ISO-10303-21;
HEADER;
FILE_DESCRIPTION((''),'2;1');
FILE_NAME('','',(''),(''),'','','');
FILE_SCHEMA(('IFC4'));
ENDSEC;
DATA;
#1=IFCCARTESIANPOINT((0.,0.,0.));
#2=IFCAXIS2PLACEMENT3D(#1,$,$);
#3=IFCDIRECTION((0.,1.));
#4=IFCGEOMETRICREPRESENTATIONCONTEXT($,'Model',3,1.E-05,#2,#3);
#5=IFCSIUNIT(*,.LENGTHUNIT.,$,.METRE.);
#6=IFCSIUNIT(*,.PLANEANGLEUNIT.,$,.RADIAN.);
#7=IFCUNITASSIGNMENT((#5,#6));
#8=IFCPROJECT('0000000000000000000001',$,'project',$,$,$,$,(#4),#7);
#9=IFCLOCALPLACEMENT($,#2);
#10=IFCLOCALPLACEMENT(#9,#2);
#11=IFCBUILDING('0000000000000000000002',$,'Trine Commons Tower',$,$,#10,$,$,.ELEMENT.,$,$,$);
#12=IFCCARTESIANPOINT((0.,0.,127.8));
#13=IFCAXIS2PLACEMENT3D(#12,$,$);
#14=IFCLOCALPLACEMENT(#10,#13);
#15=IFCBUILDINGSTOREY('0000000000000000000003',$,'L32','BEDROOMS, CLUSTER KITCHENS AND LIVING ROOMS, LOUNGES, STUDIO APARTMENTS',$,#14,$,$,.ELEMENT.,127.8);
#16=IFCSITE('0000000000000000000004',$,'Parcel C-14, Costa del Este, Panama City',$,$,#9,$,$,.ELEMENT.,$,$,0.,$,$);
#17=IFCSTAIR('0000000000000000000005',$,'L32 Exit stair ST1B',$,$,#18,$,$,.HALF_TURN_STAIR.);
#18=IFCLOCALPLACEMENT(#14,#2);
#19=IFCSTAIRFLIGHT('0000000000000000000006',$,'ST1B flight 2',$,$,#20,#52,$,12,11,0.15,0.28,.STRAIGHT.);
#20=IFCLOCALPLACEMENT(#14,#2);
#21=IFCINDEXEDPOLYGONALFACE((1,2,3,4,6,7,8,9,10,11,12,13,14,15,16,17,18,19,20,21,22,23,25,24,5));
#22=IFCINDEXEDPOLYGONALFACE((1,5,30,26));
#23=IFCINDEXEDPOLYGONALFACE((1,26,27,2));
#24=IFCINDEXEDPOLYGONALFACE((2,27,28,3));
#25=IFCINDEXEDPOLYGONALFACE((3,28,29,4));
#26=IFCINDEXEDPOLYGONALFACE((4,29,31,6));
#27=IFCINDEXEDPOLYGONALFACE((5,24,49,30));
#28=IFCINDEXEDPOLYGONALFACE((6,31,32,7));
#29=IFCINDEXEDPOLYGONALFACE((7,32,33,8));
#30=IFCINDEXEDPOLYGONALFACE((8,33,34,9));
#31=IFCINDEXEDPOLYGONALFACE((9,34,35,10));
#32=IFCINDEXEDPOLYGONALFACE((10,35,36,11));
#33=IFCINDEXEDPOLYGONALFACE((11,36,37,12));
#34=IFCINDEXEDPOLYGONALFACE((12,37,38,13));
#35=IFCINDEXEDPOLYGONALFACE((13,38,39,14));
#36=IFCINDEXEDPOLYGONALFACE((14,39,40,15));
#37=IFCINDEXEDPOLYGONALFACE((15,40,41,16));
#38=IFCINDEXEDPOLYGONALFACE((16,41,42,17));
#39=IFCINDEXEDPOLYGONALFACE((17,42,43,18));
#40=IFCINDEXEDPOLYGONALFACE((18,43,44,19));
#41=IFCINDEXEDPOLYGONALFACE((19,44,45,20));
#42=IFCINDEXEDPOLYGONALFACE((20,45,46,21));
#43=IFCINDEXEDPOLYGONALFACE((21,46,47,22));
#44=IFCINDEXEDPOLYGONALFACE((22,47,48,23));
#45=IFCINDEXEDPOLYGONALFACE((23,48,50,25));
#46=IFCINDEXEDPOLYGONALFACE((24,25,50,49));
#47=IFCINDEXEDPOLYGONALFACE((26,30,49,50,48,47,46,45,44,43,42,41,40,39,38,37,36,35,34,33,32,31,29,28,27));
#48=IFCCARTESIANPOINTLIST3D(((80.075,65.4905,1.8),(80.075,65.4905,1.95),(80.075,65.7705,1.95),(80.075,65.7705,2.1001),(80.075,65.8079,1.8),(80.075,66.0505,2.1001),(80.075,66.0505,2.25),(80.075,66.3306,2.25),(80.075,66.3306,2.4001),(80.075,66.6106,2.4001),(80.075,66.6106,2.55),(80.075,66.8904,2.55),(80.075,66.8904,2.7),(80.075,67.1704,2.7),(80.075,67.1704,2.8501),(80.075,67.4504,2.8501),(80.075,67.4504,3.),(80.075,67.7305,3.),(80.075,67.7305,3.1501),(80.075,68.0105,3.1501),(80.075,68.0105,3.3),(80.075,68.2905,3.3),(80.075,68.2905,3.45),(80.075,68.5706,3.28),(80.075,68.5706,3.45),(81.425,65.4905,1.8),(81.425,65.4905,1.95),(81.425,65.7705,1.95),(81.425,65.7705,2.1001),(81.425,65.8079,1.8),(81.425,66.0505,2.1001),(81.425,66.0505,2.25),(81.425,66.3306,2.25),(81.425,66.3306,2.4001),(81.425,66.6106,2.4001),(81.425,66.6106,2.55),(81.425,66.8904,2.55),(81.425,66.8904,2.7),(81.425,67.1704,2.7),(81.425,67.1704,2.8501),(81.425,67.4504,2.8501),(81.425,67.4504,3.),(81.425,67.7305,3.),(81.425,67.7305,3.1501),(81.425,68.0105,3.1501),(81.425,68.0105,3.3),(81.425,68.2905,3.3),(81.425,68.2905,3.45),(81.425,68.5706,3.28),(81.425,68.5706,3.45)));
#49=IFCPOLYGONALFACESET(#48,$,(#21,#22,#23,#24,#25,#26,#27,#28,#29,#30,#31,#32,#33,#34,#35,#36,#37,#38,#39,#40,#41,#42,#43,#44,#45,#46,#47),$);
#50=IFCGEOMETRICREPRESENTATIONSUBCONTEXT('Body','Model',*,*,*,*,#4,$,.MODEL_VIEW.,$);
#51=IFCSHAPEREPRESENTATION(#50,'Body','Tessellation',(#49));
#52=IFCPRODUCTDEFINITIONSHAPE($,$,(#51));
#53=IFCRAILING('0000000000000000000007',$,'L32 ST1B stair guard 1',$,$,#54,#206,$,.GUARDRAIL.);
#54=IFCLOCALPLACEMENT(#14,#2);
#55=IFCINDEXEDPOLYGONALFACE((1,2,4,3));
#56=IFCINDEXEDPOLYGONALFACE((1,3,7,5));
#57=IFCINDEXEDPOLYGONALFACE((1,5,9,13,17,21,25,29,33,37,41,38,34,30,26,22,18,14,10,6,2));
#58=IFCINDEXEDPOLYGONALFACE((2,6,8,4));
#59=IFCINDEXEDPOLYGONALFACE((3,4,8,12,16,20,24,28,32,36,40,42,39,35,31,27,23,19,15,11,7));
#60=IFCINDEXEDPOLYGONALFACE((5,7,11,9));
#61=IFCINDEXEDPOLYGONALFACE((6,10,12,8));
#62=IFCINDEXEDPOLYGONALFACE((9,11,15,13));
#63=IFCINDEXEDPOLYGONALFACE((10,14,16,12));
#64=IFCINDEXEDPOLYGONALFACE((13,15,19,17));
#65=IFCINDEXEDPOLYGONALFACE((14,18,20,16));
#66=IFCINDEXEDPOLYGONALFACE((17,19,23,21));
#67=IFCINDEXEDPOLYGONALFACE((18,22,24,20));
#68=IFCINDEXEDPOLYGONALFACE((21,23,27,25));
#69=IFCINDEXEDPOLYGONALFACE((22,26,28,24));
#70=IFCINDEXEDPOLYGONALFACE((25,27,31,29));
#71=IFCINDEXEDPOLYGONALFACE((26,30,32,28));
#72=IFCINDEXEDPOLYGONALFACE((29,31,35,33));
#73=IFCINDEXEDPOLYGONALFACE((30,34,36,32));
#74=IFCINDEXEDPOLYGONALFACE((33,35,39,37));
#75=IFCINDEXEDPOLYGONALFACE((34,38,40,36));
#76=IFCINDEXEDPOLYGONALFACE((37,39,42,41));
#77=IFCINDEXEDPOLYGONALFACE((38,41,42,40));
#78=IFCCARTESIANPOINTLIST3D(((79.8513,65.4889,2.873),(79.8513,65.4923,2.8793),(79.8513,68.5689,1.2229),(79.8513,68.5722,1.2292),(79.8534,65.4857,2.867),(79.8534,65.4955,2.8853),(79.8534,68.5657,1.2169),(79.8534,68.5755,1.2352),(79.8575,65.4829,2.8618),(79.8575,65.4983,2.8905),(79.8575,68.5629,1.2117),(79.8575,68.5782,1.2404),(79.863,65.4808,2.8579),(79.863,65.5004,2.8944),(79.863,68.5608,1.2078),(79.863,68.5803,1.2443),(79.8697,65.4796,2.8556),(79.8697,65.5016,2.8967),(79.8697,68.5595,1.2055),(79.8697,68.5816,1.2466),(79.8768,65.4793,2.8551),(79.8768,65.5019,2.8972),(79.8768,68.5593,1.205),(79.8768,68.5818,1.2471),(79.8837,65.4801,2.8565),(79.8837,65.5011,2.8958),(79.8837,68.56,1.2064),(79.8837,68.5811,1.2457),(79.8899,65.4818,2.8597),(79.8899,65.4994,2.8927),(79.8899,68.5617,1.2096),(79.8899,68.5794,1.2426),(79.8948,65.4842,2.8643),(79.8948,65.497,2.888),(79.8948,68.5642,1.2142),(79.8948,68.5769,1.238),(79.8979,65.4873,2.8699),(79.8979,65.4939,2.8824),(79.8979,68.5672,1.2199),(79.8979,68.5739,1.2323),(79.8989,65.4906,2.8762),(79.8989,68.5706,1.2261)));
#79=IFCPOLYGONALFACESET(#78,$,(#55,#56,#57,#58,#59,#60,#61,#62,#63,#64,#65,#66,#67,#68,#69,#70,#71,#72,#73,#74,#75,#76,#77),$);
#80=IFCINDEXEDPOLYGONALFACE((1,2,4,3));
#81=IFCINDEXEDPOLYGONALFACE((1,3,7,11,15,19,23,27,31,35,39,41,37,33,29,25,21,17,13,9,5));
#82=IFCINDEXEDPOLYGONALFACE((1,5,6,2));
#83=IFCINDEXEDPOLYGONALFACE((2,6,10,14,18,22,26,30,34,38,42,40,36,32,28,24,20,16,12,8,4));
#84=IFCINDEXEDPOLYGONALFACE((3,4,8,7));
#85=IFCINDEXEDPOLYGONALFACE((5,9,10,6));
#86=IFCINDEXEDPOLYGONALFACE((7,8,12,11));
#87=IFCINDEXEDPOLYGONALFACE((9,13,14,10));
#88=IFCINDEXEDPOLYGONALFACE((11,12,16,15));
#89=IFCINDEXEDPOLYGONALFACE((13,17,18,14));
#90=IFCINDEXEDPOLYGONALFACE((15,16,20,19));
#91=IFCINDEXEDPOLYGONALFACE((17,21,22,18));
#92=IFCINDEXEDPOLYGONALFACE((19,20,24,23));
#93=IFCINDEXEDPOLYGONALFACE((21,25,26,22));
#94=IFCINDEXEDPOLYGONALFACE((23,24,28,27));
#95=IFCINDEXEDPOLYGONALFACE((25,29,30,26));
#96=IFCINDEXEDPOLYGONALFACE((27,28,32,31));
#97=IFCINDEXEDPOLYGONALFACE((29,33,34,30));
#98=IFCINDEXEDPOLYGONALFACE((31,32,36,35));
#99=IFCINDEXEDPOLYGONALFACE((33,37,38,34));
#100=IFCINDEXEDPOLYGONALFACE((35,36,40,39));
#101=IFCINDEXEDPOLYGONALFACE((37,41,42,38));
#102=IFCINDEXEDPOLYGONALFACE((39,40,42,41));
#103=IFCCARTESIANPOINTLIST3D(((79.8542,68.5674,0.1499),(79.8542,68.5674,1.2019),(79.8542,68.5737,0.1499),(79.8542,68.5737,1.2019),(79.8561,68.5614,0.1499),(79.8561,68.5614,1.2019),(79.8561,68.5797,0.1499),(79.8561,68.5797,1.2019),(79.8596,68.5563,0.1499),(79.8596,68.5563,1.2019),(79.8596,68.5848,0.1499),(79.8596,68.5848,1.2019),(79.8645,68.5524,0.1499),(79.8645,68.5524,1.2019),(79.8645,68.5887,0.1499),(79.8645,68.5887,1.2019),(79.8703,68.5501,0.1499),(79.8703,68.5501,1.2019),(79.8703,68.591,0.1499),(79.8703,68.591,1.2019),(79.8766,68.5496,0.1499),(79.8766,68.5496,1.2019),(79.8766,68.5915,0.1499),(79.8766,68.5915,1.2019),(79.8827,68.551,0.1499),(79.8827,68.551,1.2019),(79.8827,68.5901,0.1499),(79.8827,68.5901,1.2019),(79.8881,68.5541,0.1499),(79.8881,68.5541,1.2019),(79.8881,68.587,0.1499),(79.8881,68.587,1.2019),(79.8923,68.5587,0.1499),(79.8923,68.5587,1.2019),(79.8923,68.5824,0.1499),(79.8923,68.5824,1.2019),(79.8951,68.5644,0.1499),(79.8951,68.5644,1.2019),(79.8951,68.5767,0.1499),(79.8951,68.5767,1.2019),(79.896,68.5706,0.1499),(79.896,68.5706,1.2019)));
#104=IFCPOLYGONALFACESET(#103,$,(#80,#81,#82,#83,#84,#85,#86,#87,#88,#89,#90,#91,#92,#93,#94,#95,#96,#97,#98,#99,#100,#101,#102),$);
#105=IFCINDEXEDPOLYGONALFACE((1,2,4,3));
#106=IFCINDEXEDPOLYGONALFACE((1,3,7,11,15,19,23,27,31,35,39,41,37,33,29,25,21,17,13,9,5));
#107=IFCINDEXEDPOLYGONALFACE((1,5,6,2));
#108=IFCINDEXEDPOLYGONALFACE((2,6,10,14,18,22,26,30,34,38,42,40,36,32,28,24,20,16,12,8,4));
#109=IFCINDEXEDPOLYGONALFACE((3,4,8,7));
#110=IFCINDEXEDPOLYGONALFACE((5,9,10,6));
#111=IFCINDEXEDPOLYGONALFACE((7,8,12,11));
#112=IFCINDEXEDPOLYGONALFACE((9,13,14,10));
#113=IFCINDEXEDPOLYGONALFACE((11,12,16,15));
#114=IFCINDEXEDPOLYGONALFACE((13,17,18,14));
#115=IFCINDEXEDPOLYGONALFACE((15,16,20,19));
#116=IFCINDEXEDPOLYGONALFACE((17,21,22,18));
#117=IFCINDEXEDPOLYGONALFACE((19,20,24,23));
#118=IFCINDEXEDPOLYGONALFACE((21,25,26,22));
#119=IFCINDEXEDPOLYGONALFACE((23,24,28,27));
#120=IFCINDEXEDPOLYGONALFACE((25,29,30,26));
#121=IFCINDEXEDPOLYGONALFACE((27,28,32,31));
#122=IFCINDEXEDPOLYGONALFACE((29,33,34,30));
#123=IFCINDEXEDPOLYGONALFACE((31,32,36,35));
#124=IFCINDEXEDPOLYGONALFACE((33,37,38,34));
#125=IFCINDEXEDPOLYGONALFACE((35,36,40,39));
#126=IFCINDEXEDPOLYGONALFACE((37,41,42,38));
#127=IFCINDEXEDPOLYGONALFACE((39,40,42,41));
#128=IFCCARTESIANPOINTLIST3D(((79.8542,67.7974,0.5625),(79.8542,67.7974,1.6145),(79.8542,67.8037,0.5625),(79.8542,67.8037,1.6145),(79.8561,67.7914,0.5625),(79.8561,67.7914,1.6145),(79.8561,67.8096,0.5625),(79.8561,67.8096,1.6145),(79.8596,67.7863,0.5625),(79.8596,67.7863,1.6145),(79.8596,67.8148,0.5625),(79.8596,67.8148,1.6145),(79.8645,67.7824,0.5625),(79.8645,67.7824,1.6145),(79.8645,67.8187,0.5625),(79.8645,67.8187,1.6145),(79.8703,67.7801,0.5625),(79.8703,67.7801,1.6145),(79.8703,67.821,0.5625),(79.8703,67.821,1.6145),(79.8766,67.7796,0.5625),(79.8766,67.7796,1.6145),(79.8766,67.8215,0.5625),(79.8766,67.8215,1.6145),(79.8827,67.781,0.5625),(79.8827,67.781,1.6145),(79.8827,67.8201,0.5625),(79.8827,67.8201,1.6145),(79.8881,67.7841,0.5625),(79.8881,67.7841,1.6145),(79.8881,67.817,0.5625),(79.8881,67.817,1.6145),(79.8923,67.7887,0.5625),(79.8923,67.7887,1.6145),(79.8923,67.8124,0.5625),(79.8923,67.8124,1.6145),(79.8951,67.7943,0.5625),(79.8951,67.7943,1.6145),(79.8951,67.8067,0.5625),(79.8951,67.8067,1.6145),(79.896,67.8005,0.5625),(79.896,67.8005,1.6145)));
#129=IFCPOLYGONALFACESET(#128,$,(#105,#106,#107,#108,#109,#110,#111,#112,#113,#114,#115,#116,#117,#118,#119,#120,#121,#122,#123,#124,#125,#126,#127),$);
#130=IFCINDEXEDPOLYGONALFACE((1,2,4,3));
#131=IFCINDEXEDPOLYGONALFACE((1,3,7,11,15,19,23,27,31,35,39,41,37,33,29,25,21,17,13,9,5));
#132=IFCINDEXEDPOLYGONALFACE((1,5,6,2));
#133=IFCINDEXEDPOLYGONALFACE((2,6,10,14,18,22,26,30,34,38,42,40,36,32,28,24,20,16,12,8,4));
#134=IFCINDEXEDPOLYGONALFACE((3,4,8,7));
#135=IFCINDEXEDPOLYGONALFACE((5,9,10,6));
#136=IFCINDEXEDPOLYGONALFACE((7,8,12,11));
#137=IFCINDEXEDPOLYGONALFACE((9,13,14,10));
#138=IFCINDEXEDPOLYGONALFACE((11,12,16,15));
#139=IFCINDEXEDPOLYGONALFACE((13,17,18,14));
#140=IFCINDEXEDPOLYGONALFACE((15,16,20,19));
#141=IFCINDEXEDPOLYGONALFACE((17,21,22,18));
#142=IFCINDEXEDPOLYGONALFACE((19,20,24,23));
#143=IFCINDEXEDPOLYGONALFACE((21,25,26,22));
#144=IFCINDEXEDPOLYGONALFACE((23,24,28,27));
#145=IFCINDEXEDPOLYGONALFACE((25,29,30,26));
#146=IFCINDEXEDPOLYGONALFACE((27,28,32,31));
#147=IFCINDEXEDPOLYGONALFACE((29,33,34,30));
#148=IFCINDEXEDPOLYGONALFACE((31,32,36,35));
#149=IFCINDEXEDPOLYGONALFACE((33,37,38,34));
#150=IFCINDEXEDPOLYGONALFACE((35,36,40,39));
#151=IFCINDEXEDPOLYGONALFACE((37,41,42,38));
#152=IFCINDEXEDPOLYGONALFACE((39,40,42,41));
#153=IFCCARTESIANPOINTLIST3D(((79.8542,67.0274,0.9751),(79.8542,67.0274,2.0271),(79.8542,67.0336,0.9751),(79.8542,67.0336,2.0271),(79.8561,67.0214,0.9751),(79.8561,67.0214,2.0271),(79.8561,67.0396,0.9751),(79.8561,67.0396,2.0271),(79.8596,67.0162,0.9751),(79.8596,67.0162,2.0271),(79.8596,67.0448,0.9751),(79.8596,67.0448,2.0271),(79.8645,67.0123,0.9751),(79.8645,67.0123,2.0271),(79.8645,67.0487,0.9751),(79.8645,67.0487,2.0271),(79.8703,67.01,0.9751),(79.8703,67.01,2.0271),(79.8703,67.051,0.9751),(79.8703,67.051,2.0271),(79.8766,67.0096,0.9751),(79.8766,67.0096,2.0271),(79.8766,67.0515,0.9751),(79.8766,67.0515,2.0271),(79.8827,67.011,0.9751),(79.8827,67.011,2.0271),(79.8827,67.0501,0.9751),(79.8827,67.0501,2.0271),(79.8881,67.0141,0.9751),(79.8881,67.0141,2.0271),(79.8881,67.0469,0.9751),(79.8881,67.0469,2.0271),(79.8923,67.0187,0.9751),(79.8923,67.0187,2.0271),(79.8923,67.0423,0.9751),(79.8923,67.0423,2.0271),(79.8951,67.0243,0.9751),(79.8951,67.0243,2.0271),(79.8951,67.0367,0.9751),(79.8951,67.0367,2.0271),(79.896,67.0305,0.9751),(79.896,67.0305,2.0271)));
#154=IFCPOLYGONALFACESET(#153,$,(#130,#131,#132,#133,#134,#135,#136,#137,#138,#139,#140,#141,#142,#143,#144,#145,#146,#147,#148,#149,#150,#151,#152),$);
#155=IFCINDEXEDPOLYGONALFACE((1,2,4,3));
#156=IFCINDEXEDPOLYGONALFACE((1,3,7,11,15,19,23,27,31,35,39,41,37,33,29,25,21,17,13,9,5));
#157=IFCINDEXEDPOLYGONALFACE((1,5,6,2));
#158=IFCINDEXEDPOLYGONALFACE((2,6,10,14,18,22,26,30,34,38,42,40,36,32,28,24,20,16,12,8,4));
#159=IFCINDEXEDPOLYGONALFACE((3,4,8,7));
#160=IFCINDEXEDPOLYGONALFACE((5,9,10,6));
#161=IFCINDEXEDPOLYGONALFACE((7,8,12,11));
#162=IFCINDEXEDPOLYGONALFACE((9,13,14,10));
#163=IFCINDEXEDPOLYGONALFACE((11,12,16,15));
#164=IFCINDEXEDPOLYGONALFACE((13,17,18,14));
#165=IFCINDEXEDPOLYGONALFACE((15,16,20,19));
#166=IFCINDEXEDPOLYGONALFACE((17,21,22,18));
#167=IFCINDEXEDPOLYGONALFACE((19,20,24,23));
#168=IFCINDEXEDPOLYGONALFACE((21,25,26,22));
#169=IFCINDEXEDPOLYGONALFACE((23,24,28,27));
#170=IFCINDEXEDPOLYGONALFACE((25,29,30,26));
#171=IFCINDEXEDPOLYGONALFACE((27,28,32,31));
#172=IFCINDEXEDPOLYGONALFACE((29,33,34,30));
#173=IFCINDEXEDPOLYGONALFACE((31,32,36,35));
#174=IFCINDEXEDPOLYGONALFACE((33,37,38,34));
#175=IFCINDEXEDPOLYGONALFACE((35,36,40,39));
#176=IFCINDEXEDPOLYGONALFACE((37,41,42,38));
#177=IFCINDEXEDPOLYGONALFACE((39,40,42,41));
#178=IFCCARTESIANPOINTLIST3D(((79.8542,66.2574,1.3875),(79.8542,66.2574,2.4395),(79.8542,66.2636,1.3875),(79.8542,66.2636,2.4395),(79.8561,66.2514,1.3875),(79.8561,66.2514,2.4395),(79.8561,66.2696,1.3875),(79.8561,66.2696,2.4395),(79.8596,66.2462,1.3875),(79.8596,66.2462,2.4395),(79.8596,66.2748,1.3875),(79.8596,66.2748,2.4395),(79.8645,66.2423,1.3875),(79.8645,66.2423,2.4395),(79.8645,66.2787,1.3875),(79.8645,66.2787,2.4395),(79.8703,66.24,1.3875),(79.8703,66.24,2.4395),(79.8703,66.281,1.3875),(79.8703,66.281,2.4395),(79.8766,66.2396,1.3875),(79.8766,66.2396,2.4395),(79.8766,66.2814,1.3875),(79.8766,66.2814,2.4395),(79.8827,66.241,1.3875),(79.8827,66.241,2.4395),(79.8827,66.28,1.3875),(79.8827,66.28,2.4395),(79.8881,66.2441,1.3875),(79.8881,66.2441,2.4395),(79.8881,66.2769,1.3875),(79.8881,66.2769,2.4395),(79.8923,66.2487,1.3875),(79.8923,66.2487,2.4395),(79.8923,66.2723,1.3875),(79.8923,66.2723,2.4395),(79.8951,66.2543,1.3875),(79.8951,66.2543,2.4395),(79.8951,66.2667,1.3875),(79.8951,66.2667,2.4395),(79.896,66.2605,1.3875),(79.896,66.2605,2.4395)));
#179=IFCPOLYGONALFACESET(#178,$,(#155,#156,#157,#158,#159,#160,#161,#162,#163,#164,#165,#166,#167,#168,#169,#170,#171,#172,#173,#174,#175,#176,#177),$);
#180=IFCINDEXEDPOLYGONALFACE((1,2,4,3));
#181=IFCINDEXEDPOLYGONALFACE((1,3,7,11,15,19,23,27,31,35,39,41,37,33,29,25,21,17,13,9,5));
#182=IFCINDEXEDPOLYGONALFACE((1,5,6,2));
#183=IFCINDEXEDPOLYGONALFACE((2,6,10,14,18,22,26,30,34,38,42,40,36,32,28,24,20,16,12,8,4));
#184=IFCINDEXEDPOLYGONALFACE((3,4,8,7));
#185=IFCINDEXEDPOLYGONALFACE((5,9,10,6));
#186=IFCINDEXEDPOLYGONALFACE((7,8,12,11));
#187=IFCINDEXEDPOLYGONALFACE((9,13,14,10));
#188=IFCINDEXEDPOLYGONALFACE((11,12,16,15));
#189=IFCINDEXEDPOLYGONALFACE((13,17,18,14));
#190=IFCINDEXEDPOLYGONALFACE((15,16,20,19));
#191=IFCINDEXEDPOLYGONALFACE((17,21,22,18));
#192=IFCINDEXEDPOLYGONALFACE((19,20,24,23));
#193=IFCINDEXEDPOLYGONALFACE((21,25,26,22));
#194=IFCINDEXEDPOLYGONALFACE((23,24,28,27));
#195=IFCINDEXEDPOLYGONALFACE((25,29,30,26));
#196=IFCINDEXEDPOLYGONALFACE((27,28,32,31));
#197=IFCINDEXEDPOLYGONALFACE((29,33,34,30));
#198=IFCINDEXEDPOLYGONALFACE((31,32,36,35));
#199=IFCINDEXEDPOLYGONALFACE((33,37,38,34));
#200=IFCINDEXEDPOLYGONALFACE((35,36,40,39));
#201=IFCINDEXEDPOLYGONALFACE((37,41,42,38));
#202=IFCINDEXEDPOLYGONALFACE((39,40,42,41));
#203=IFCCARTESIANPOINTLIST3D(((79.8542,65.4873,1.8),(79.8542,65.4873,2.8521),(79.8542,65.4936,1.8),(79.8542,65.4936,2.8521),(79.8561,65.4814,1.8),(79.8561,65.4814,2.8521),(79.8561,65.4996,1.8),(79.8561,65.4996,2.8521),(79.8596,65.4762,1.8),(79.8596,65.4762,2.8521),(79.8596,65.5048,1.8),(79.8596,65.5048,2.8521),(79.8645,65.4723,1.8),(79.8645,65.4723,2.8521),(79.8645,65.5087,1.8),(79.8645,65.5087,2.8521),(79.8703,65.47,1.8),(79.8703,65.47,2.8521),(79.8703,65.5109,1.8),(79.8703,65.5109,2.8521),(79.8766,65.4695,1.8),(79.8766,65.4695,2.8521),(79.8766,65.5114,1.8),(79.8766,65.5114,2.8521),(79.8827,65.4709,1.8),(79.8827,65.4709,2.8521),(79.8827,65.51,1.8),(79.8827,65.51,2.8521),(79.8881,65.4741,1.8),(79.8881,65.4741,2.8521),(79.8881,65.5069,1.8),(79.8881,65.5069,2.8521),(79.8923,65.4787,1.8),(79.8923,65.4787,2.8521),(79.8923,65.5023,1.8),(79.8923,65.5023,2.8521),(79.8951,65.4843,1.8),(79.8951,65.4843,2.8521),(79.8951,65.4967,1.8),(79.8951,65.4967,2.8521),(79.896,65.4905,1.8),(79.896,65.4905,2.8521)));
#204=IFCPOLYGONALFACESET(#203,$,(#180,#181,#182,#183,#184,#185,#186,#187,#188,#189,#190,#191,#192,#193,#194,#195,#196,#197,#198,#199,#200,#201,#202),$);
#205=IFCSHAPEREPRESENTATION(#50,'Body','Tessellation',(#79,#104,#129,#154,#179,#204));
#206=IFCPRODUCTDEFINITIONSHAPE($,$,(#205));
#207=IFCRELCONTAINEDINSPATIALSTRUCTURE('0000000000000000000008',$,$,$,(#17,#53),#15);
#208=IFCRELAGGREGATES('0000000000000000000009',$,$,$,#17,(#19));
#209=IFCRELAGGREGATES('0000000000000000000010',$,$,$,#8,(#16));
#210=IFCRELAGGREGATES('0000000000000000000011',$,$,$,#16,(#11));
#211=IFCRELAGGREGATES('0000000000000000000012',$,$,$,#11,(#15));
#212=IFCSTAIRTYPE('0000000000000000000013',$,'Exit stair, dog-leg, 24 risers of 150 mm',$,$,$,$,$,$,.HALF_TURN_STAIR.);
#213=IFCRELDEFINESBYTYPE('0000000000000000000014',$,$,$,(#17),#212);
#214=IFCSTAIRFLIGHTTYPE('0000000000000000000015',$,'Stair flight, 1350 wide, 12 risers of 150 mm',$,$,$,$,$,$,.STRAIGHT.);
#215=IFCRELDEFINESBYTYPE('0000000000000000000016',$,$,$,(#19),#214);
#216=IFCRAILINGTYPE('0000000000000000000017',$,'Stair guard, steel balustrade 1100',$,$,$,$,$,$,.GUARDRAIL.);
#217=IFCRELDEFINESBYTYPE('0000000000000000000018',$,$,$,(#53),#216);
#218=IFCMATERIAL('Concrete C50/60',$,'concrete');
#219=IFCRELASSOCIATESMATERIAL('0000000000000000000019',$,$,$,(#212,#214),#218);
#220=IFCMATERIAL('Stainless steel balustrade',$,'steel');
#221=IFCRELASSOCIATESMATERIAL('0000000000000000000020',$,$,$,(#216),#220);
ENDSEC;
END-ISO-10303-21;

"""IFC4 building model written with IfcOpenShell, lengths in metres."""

from ifc_helpers import new_model, si_unit, direction, frame, origin, origin_2d, place, context, subcontext, project, spatial, polyline, circle, outline, extrude, material, type_object, element, aggregate, save


model = new_model("IFC4")

# Units and contexts
model_context = context("Model", 3, precision=1e-05, world=origin(), true_north=direction((0.0, 1.0)))
body_context = subcontext(model_context, "Body", "Model", "MODEL_VIEW")
ifc_project = project(units=[si_unit("LENGTHUNIT", "METRE"), si_unit("PLANEANGLEUNIT", "RADIAN")], contexts=[model_context])

# Site, building, storey
site_placement = place(None, origin())
site = spatial("IfcSite", under=ifc_project, at=site_placement, Name="Parcel C-14, Costa del Este, Panama City", CompositionType="ELEMENT", RefElevation=0.0)
building_placement = place(site_placement, origin())
building = spatial("IfcBuilding", under=site, at=building_placement, Name="Trine Commons Tower", CompositionType="ELEMENT")
storey_placement = place(building_placement, frame((0.0, 0.0, 127.8)))
storey = spatial("IfcBuildingStorey", under=building, at=storey_placement, Name="L32", Description="BEDROOMS, CLUSTER KITCHENS AND LIVING ROOMS, LOUNGES, STUDIO APARTMENTS", CompositionType="ELEMENT", Elevation=127.8)

# Shared definitions
ifc_material_1 = material(Name="Concrete C50/60", Category="concrete")

# Stair, stair flight
stair_type = type_object("IfcStairType", Name="Exit stair, dog-leg, 24 risers of 150 mm", PredefinedType="HALF_TURN_STAIR", material=ifc_material_1)
stair_placement = place(storey_placement, origin())
stair = element("IfcStair", 1, at=stair_placement, inside=storey, type_object=stair_type, Name="L32 Exit stair ST1B", PredefinedType="HALF_TURN_STAIR")
stair_flight_type = type_object("IfcStairFlightType", Name="Stair flight, 1350 wide, 12 risers of 150 mm", PredefinedType="STRAIGHT", material=ifc_material_1)
stair_flight_placement = place(storey_placement, frame((80.75, 65.4905, 1.8), z_axis=(0.0, 0.0, 1.0), x_axis=(0.0, 1.0, 0.0)))
stair_flight = element("IfcStairFlight", 2, at=stair_flight_placement, type_object=stair_flight_type, Name="ST1B flight 2", NumberOfRisers=12, NumberOfTreads=11, PredefinedType="STRAIGHT", RiserHeight=0.15, TreadLength=0.28, context=body_context, shape_type="SweptSolid", body=[
    extrude(outline(polyline([(0.0, 0.0), (0.0, 0.1499), (0.28, 0.1499), (0.28, 0.3), (0.5601, 0.3), (0.5601, 0.45), (0.8401, 0.45), (0.8401, 0.6001), (1.1201, 0.6001), (1.1201, 0.75), (1.3999, 0.75), (1.3999, 0.8999), (1.6799, 0.8999), (1.6799, 1.05), (1.96, 1.05), (1.96, 1.2), (2.24, 1.2), (2.24, 1.3501), (2.52, 1.3501), (2.52, 1.5), (2.8, 1.5), (2.8, 1.6499), (3.0801, 1.6499), (3.0801, 1.8), (3.0801, 1.48), (0.3174, 0.0), (0.0, 0.0)])), frame((0.0, 0.675, 0.0), z_axis=(0.0, -1.0, 0.0), x_axis=(1.0, 0.0, 0.0)), (0.0, 0.0, 1.0), 1.3501),
])
aggregate(stair, [stair_flight])

# Railing
ifc_material_2 = material(Name="Stainless steel balustrade", Category="steel")
railing_type_1 = type_object("IfcRailingType", Name="Stair guard, steel balustrade 1100", PredefinedType="GUARDRAIL", material=ifc_material_2)
railing_1_placement = place(storey_placement, frame((79.875, 68.5706, 0.1499)))
element("IfcRailing", 3, at=railing_1_placement, inside=storey, type_object=railing_type_1, Name="L32 ST1B stair guard 1", PredefinedType="GUARDRAIL", context=body_context, shape_type="SweptSolid", body=[
    extrude(circle(Radius=0.0239, at=origin_2d()), frame((0.0, 0.0, 1.0762), z_axis=(0.0, -0.881468, 0.472245), x_axis=(1.0, 0.0, 0.0)), (0.0, 0.0, 1.0), 3.4941),
    extrude(circle(Radius=0.021, at=origin_2d()), origin(), (0.0, 0.0, 1.0), 1.052),
    extrude(circle(Radius=0.021, at=origin_2d()), frame((0.0, -0.77, 0.4126)), (0.0, 0.0, 1.0), 1.052),
    extrude(circle(Radius=0.021, at=origin_2d()), frame((0.0, -1.54, 0.8252)), (0.0, 0.0, 1.0), 1.052),
    extrude(circle(Radius=0.021, at=origin_2d()), frame((0.0, -2.3101, 1.2375)), (0.0, 0.0, 1.0), 1.052),
    extrude(circle(Radius=0.021, at=origin_2d()), frame((0.0, -3.0801, 1.6501)), (0.0, 0.0, 1.0), 1.052),
])

save(model, "model.ifc")
